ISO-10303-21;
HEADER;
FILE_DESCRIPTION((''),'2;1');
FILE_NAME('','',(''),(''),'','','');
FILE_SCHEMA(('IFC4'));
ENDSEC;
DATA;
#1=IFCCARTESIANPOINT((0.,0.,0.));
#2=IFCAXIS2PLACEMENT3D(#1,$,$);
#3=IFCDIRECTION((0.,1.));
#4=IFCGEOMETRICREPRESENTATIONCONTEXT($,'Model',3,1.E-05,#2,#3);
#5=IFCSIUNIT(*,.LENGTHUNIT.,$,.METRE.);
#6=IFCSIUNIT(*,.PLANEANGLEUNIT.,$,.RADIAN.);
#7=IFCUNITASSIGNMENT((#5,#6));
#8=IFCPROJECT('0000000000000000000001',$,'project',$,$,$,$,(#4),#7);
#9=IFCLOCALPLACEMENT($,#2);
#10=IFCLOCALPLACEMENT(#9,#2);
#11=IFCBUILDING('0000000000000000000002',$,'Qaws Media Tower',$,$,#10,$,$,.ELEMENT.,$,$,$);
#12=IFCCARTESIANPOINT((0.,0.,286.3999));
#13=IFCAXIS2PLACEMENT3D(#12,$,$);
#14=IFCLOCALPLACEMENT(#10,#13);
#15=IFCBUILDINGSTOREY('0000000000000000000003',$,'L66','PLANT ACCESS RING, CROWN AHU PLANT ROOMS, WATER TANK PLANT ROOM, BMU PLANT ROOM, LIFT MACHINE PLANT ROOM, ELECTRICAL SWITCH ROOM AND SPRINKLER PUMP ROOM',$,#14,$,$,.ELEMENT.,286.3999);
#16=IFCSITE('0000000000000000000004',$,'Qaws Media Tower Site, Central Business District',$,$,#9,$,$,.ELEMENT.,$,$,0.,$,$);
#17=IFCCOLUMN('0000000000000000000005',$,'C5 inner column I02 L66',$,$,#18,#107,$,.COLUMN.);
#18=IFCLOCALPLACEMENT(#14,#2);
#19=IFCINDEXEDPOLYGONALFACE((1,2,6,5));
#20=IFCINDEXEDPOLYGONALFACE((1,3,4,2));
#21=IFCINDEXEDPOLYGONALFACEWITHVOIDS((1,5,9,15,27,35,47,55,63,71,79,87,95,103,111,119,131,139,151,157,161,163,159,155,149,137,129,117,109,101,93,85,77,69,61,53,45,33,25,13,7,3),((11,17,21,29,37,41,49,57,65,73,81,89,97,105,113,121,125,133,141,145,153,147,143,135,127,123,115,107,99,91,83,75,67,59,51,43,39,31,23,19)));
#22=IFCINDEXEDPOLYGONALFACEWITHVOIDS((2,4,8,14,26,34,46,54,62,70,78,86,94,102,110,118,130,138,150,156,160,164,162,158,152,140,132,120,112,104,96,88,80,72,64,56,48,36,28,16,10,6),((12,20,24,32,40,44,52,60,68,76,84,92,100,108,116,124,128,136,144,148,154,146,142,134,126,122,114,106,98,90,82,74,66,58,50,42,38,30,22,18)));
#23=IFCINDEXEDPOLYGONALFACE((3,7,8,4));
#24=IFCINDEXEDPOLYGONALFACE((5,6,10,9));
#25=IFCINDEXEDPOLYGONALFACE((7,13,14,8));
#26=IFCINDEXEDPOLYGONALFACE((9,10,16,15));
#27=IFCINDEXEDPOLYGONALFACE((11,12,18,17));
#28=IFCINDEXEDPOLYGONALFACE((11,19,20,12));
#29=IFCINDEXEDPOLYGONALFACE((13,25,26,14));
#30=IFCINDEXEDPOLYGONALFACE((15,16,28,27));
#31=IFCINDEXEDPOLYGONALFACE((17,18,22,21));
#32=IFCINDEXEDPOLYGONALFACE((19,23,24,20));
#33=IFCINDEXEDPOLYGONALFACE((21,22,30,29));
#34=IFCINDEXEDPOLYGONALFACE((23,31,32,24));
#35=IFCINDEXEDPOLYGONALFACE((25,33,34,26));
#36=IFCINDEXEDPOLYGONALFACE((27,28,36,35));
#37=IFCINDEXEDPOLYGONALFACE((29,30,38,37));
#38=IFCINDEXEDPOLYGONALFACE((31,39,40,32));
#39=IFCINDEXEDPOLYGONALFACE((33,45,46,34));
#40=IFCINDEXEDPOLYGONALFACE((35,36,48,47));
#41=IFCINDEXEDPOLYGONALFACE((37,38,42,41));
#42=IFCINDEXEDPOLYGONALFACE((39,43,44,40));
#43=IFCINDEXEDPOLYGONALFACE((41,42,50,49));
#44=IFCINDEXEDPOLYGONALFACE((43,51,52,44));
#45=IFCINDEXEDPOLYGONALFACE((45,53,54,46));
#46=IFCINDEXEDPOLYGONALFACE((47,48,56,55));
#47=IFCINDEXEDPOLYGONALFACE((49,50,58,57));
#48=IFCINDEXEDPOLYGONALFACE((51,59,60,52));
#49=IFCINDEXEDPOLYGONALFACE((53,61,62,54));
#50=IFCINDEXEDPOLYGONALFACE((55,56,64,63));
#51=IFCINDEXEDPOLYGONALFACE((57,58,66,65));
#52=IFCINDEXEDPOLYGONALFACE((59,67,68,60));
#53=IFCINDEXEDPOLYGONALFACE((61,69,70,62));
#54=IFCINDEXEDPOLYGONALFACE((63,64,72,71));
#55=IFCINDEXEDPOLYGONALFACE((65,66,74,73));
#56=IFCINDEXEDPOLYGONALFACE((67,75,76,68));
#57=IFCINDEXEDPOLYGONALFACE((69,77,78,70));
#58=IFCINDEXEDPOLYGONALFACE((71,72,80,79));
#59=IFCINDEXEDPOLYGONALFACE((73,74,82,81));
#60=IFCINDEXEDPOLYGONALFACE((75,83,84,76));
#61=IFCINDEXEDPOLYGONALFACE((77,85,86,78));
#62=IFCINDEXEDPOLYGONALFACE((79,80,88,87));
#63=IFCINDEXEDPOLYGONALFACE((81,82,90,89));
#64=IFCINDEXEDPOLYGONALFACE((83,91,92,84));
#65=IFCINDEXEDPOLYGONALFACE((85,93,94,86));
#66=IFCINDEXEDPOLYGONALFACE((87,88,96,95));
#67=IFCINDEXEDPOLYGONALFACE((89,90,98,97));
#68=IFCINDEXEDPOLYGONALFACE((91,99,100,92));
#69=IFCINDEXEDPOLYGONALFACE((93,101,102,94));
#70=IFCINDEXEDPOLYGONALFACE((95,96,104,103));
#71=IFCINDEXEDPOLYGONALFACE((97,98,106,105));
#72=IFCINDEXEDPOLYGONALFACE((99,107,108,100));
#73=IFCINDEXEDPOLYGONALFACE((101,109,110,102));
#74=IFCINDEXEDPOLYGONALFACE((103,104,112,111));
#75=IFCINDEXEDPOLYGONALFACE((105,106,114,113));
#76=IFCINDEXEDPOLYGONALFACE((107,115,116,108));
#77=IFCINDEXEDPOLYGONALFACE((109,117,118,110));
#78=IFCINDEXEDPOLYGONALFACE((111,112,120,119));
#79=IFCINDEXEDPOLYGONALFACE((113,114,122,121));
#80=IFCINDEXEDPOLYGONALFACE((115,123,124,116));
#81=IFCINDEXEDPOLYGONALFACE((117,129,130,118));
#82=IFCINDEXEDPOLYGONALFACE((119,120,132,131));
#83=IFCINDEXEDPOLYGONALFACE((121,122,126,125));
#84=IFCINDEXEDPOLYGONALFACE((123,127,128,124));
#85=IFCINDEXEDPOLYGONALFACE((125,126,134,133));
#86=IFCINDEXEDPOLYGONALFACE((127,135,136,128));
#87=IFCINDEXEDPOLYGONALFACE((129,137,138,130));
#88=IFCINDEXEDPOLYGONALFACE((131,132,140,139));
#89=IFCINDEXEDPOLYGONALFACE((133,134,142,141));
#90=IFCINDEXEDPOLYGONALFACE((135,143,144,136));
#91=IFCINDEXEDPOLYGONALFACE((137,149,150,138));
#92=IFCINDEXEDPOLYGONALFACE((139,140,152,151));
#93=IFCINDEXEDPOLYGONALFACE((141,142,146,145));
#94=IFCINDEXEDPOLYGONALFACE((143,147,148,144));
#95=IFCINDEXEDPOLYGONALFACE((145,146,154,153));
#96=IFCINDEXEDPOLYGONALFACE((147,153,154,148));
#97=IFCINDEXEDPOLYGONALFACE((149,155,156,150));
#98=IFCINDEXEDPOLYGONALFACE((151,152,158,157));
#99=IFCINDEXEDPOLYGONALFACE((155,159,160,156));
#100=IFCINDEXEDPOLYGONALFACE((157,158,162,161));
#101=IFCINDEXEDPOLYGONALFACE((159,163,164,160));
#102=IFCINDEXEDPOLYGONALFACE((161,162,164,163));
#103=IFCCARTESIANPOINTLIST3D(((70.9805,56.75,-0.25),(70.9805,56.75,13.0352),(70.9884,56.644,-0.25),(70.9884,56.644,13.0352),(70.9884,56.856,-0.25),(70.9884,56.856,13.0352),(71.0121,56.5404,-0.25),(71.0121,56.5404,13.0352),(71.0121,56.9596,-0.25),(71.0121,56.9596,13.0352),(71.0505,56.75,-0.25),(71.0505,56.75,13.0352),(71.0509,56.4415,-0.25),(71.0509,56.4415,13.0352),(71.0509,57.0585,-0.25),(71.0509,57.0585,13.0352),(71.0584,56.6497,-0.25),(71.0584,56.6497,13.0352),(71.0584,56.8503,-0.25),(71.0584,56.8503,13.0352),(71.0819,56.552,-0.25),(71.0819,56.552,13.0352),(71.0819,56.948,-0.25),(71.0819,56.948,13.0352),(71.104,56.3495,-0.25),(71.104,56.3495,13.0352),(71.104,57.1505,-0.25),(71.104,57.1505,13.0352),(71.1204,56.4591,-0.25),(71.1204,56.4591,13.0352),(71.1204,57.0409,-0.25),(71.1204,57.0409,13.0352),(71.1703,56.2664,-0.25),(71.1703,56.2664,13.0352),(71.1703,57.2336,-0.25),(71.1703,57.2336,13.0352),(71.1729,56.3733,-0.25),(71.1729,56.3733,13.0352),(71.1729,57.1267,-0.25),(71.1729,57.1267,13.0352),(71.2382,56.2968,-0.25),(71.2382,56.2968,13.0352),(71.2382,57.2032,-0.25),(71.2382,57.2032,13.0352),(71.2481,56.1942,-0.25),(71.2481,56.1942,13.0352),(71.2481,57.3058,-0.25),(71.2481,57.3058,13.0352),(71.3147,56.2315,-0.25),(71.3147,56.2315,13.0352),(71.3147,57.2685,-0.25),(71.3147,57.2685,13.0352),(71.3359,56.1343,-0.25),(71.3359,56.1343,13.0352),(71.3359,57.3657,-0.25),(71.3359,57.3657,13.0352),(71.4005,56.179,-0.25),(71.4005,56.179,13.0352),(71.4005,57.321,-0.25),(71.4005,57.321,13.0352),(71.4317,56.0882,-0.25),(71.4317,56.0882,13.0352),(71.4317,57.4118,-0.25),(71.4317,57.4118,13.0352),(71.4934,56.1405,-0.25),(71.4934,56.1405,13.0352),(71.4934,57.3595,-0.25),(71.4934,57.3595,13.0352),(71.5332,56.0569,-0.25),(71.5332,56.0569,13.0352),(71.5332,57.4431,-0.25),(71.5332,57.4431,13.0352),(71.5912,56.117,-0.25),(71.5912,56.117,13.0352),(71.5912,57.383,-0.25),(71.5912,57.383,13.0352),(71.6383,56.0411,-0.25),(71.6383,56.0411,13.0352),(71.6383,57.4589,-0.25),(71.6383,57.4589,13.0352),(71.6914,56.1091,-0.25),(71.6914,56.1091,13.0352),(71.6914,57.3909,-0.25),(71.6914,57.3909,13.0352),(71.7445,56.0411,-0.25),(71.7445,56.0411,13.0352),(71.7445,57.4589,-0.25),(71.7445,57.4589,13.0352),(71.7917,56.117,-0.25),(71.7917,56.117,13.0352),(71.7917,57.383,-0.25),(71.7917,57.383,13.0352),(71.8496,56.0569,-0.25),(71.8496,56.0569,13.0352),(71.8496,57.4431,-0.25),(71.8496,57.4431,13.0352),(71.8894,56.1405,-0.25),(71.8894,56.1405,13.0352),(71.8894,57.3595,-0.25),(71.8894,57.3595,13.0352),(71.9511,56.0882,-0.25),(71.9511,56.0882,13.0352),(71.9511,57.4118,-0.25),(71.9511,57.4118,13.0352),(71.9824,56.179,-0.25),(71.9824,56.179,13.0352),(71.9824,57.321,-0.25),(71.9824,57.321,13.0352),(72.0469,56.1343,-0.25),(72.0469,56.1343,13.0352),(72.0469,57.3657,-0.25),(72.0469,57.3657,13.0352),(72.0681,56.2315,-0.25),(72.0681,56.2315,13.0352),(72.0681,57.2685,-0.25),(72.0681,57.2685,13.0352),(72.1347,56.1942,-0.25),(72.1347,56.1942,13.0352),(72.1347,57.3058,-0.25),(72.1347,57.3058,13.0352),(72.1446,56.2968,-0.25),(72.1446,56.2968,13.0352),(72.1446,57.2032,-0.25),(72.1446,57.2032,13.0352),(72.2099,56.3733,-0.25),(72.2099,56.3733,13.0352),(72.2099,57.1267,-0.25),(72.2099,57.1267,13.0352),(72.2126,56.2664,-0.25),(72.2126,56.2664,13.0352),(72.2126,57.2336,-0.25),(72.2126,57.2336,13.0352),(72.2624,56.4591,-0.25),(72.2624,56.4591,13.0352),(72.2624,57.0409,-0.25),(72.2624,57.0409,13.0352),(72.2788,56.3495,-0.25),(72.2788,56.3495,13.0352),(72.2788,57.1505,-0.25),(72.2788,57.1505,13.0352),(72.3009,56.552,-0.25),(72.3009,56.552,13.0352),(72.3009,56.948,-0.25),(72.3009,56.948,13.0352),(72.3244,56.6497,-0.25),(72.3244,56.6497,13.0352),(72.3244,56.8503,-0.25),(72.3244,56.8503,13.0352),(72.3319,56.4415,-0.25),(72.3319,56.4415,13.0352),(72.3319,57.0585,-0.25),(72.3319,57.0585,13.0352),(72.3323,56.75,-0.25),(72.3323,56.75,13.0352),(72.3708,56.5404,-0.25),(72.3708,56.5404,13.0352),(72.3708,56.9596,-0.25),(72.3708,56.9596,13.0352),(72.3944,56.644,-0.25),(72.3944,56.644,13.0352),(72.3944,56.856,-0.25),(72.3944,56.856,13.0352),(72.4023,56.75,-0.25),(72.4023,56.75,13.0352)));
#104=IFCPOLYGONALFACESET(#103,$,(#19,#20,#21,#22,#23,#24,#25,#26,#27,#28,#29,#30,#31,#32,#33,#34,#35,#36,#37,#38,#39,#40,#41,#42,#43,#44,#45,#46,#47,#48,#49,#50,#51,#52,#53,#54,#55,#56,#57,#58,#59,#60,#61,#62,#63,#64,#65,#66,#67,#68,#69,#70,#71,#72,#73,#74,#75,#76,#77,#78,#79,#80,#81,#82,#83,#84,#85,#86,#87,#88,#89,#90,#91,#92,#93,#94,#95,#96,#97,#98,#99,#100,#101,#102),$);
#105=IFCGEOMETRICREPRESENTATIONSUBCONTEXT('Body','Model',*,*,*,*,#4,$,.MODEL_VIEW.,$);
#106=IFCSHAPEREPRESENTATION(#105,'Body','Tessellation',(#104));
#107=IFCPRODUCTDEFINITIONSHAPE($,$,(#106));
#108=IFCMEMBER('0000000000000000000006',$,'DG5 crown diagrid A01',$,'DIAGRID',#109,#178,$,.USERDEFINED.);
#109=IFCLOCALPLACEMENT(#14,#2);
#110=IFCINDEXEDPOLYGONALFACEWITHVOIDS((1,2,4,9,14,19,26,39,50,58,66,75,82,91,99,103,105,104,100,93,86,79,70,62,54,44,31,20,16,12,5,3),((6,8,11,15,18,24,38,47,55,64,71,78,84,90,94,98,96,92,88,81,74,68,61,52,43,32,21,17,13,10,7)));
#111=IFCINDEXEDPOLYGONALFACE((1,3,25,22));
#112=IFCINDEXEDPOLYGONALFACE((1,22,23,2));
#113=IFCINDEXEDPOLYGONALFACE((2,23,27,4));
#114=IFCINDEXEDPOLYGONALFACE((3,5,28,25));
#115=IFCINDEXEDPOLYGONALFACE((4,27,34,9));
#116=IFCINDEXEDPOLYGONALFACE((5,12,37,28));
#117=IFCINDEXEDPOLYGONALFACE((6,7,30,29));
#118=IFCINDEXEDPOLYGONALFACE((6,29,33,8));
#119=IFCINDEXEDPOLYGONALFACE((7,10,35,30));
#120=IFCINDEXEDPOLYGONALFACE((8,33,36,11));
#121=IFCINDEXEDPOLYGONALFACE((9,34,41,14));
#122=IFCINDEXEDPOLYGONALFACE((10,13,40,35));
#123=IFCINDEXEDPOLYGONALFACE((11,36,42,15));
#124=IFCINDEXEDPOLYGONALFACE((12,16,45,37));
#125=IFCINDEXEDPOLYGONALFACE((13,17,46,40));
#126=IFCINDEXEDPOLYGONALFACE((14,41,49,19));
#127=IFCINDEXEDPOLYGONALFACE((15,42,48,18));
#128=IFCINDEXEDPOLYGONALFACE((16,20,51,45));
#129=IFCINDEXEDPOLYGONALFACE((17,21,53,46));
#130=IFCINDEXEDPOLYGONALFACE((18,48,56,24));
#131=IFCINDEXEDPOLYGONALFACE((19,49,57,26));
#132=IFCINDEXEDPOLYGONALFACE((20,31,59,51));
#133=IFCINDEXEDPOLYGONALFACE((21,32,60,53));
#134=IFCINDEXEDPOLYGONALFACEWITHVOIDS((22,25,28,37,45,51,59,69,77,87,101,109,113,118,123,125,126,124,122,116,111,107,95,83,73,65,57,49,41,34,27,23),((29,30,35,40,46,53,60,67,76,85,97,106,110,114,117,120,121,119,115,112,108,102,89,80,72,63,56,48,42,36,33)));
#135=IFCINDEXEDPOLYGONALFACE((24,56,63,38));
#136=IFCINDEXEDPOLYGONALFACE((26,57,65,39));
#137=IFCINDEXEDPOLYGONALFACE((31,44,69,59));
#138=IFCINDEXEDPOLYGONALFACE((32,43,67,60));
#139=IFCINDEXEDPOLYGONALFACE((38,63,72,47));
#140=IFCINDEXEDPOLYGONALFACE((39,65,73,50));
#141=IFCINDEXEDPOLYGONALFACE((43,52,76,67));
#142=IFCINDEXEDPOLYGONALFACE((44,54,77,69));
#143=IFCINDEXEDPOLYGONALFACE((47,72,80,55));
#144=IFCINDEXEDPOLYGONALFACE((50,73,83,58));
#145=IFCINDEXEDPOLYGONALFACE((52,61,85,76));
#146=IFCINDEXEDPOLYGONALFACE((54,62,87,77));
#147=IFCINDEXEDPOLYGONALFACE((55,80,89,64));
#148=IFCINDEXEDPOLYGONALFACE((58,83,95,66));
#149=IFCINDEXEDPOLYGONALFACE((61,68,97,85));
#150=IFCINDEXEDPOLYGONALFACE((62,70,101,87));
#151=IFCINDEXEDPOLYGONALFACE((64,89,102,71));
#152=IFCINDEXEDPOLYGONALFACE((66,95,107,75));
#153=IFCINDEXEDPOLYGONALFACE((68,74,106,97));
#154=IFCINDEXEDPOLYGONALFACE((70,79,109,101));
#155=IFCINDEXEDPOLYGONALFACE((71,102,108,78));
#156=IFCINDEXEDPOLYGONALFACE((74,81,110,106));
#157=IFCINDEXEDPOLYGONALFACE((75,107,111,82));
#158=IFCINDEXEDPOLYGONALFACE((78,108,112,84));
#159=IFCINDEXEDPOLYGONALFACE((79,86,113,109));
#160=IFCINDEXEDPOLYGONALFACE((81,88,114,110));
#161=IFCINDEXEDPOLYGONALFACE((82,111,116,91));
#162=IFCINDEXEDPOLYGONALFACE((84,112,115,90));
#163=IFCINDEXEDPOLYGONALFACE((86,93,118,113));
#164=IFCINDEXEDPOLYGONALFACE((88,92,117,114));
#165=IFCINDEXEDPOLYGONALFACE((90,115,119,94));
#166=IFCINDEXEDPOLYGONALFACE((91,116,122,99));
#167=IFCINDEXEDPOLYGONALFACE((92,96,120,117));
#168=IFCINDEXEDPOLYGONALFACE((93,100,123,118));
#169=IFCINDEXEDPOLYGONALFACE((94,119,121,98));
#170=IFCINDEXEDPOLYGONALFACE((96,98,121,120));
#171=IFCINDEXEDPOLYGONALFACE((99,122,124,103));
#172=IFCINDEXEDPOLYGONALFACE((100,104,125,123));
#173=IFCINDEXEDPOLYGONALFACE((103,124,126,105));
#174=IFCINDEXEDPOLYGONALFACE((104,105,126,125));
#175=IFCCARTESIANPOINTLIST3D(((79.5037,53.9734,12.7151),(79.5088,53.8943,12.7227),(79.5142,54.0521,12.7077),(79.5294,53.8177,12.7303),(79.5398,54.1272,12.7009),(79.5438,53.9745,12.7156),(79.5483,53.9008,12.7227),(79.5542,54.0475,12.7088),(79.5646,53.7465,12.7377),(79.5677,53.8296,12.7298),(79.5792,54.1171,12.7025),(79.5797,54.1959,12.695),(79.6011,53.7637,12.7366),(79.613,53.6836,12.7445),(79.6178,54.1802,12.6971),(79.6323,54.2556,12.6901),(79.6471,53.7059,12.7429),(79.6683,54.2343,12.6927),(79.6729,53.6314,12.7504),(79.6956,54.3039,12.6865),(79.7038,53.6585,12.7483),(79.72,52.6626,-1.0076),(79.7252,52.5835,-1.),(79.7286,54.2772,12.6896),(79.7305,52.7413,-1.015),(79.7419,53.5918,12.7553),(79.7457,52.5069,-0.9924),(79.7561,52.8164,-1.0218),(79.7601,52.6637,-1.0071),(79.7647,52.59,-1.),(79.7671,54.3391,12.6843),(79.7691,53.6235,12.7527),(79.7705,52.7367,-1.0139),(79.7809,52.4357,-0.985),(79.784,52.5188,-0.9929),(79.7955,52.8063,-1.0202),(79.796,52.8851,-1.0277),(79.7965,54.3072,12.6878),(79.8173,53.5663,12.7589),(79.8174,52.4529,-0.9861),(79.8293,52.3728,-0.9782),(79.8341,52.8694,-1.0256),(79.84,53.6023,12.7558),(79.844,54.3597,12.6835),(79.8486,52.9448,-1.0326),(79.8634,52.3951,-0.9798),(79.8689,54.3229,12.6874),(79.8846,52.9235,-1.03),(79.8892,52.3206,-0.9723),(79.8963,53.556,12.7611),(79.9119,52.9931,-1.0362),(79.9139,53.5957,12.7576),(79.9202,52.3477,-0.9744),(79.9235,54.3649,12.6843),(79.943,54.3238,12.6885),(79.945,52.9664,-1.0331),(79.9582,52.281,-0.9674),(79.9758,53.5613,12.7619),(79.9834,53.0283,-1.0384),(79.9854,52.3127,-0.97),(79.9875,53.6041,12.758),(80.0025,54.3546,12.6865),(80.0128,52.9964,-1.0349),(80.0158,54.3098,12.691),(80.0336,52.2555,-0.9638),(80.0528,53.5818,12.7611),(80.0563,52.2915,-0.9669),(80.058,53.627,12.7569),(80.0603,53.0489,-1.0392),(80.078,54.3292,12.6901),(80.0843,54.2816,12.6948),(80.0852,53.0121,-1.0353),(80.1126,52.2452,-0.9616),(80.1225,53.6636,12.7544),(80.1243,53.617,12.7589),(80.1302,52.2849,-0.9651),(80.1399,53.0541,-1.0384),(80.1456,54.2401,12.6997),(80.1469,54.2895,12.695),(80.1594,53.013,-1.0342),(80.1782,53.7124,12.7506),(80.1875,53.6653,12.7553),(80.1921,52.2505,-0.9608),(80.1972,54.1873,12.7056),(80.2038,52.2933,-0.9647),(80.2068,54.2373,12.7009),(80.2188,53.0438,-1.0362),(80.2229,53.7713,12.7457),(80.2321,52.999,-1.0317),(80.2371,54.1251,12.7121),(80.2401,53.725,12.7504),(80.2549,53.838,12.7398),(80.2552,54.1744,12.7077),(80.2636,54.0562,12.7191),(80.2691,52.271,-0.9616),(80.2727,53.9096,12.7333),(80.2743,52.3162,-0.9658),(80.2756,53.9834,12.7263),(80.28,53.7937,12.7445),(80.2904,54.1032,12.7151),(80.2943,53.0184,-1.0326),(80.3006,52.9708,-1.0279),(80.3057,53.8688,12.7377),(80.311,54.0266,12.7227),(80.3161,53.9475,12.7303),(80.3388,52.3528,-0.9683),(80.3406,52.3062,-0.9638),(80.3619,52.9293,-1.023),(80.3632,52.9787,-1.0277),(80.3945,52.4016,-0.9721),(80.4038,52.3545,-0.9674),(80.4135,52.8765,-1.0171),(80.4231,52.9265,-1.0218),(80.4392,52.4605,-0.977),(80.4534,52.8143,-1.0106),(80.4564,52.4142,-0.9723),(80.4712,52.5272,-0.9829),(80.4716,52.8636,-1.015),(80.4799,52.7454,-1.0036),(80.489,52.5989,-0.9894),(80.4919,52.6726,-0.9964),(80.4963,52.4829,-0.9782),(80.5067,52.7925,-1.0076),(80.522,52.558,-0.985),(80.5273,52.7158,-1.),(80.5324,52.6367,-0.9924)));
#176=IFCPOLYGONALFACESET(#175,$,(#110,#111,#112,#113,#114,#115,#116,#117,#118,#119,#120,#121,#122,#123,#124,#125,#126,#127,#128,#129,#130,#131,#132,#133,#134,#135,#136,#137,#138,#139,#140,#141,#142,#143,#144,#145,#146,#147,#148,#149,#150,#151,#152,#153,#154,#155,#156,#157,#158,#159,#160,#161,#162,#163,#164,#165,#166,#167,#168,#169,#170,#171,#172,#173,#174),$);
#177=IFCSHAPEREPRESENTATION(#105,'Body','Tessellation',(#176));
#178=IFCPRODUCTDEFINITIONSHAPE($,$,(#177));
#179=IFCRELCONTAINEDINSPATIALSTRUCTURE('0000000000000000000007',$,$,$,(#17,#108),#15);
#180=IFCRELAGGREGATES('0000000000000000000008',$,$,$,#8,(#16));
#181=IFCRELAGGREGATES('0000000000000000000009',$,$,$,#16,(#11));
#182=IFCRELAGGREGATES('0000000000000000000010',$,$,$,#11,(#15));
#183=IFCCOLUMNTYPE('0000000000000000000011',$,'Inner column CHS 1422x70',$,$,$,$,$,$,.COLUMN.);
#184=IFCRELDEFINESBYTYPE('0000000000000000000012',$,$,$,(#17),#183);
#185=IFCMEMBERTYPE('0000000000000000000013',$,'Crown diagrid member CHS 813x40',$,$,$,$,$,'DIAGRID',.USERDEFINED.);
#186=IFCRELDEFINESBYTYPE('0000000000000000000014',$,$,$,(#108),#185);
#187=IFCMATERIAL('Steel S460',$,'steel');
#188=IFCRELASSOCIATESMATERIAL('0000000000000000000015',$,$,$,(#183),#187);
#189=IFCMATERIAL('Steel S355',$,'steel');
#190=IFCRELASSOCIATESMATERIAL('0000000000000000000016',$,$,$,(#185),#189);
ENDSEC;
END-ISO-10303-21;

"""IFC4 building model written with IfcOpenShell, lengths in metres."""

from ifc_helpers import new_model, si_unit, direction, frame, origin, origin_2d, place, context, subcontext, project, spatial, hollow_circle, extrude, material, material_profile, profile_set, type_object, element, save


model = new_model("IFC4")

# Units and contexts
model_context = context("Model", 3, precision=1e-05, world=origin(), true_north=direction((0.0, 1.0)))
body_context = subcontext(model_context, "Body", "Model", "MODEL_VIEW")
ifc_project = project(units=[si_unit("LENGTHUNIT", "METRE"), si_unit("PLANEANGLEUNIT", "RADIAN")], contexts=[model_context])

# Site, building, storey
site_placement = place(None, origin())
site = spatial("IfcSite", under=ifc_project, at=site_placement, Name="Qaws Media Tower Site, Central Business District", CompositionType="ELEMENT", RefElevation=0.0)
building_placement = place(site_placement, origin())
building = spatial("IfcBuilding", under=site, at=building_placement, Name="Qaws Media Tower", CompositionType="ELEMENT")
storey_placement = place(building_placement, frame((0.0, 0.0, 286.3999)))
storey = spatial("IfcBuildingStorey", under=building, at=storey_placement, Name="L66", Description="PLANT ACCESS RING, CROWN AHU PLANT ROOMS, WATER TANK PLANT ROOM, BMU PLANT ROOM, LIFT MACHINE PLANT ROOM, ELECTRICAL SWITCH ROOM AND SPRINKLER PUMP ROOM", CompositionType="ELEMENT", Elevation=286.3999)

# Column
ifc_material_1 = material(Name="Steel S460", Category="steel")
ifc_material_profile_1 = material_profile(ifc_material_1, hollow_circle(Radius=0.7109, WallThickness=0.0701, at=origin_2d()), Name="CHS 1422x70")
ifc_profile_set_1 = profile_set([ifc_material_profile_1], Name="Steel S460")
column_type = type_object("IfcColumnType", Name="Inner column CHS 1422x70", PredefinedType="COLUMN", material=ifc_profile_set_1)
column_placement = place(storey_placement, frame((71.6914, 56.75, -0.25), z_axis=(0.0, 0.0, 1.0), x_axis=(1.0, 0.0, 0.0)))
element("IfcColumn", 1, at=column_placement, inside=storey, type_object=column_type, Name="C5 inner column I02 L66", PredefinedType="COLUMN", context=body_context, shape_type="SweptSolid", body=[
    extrude(hollow_circle(Radius=0.7109, WallThickness=0.0701, at=origin_2d()), origin(), (0.0, 0.0, 1.0), 13.2852),
])

# Member
ifc_material_2 = material(Name="Steel S355", Category="steel")
ifc_material_profile_2 = material_profile(ifc_material_2, hollow_circle(Radius=0.4065, WallThickness=0.04, at=origin_2d()), Name="CHS 813x40")
ifc_profile_set_2 = profile_set([ifc_material_profile_2], Name="Steel S355")
member_type = type_object("IfcMemberType", Name="Crown diagrid member CHS 813x40", ElementType="DIAGRID", PredefinedType="USERDEFINED", material=ifc_profile_set_2)
member_1_placement = place(storey_placement, frame((80.1262, 52.6497, -1.0), z_axis=(-0.01569, 0.095076, 0.995346), x_axis=(-0.986656, -0.162819, 0.0)))
element("IfcMember", 2, at=member_1_placement, inside=storey, type_object=member_type, Name="DG5 crown diagrid A01", ObjectType="DIAGRID", PredefinedType="USERDEFINED", context=body_context, shape_type="SweptSolid", body=[
    extrude(hollow_circle(Radius=0.4065, WallThickness=0.04, at=origin_2d()), origin(), (0.0, 0.0, 1.0), 13.7869),
])

save(model, "model.ifc")
